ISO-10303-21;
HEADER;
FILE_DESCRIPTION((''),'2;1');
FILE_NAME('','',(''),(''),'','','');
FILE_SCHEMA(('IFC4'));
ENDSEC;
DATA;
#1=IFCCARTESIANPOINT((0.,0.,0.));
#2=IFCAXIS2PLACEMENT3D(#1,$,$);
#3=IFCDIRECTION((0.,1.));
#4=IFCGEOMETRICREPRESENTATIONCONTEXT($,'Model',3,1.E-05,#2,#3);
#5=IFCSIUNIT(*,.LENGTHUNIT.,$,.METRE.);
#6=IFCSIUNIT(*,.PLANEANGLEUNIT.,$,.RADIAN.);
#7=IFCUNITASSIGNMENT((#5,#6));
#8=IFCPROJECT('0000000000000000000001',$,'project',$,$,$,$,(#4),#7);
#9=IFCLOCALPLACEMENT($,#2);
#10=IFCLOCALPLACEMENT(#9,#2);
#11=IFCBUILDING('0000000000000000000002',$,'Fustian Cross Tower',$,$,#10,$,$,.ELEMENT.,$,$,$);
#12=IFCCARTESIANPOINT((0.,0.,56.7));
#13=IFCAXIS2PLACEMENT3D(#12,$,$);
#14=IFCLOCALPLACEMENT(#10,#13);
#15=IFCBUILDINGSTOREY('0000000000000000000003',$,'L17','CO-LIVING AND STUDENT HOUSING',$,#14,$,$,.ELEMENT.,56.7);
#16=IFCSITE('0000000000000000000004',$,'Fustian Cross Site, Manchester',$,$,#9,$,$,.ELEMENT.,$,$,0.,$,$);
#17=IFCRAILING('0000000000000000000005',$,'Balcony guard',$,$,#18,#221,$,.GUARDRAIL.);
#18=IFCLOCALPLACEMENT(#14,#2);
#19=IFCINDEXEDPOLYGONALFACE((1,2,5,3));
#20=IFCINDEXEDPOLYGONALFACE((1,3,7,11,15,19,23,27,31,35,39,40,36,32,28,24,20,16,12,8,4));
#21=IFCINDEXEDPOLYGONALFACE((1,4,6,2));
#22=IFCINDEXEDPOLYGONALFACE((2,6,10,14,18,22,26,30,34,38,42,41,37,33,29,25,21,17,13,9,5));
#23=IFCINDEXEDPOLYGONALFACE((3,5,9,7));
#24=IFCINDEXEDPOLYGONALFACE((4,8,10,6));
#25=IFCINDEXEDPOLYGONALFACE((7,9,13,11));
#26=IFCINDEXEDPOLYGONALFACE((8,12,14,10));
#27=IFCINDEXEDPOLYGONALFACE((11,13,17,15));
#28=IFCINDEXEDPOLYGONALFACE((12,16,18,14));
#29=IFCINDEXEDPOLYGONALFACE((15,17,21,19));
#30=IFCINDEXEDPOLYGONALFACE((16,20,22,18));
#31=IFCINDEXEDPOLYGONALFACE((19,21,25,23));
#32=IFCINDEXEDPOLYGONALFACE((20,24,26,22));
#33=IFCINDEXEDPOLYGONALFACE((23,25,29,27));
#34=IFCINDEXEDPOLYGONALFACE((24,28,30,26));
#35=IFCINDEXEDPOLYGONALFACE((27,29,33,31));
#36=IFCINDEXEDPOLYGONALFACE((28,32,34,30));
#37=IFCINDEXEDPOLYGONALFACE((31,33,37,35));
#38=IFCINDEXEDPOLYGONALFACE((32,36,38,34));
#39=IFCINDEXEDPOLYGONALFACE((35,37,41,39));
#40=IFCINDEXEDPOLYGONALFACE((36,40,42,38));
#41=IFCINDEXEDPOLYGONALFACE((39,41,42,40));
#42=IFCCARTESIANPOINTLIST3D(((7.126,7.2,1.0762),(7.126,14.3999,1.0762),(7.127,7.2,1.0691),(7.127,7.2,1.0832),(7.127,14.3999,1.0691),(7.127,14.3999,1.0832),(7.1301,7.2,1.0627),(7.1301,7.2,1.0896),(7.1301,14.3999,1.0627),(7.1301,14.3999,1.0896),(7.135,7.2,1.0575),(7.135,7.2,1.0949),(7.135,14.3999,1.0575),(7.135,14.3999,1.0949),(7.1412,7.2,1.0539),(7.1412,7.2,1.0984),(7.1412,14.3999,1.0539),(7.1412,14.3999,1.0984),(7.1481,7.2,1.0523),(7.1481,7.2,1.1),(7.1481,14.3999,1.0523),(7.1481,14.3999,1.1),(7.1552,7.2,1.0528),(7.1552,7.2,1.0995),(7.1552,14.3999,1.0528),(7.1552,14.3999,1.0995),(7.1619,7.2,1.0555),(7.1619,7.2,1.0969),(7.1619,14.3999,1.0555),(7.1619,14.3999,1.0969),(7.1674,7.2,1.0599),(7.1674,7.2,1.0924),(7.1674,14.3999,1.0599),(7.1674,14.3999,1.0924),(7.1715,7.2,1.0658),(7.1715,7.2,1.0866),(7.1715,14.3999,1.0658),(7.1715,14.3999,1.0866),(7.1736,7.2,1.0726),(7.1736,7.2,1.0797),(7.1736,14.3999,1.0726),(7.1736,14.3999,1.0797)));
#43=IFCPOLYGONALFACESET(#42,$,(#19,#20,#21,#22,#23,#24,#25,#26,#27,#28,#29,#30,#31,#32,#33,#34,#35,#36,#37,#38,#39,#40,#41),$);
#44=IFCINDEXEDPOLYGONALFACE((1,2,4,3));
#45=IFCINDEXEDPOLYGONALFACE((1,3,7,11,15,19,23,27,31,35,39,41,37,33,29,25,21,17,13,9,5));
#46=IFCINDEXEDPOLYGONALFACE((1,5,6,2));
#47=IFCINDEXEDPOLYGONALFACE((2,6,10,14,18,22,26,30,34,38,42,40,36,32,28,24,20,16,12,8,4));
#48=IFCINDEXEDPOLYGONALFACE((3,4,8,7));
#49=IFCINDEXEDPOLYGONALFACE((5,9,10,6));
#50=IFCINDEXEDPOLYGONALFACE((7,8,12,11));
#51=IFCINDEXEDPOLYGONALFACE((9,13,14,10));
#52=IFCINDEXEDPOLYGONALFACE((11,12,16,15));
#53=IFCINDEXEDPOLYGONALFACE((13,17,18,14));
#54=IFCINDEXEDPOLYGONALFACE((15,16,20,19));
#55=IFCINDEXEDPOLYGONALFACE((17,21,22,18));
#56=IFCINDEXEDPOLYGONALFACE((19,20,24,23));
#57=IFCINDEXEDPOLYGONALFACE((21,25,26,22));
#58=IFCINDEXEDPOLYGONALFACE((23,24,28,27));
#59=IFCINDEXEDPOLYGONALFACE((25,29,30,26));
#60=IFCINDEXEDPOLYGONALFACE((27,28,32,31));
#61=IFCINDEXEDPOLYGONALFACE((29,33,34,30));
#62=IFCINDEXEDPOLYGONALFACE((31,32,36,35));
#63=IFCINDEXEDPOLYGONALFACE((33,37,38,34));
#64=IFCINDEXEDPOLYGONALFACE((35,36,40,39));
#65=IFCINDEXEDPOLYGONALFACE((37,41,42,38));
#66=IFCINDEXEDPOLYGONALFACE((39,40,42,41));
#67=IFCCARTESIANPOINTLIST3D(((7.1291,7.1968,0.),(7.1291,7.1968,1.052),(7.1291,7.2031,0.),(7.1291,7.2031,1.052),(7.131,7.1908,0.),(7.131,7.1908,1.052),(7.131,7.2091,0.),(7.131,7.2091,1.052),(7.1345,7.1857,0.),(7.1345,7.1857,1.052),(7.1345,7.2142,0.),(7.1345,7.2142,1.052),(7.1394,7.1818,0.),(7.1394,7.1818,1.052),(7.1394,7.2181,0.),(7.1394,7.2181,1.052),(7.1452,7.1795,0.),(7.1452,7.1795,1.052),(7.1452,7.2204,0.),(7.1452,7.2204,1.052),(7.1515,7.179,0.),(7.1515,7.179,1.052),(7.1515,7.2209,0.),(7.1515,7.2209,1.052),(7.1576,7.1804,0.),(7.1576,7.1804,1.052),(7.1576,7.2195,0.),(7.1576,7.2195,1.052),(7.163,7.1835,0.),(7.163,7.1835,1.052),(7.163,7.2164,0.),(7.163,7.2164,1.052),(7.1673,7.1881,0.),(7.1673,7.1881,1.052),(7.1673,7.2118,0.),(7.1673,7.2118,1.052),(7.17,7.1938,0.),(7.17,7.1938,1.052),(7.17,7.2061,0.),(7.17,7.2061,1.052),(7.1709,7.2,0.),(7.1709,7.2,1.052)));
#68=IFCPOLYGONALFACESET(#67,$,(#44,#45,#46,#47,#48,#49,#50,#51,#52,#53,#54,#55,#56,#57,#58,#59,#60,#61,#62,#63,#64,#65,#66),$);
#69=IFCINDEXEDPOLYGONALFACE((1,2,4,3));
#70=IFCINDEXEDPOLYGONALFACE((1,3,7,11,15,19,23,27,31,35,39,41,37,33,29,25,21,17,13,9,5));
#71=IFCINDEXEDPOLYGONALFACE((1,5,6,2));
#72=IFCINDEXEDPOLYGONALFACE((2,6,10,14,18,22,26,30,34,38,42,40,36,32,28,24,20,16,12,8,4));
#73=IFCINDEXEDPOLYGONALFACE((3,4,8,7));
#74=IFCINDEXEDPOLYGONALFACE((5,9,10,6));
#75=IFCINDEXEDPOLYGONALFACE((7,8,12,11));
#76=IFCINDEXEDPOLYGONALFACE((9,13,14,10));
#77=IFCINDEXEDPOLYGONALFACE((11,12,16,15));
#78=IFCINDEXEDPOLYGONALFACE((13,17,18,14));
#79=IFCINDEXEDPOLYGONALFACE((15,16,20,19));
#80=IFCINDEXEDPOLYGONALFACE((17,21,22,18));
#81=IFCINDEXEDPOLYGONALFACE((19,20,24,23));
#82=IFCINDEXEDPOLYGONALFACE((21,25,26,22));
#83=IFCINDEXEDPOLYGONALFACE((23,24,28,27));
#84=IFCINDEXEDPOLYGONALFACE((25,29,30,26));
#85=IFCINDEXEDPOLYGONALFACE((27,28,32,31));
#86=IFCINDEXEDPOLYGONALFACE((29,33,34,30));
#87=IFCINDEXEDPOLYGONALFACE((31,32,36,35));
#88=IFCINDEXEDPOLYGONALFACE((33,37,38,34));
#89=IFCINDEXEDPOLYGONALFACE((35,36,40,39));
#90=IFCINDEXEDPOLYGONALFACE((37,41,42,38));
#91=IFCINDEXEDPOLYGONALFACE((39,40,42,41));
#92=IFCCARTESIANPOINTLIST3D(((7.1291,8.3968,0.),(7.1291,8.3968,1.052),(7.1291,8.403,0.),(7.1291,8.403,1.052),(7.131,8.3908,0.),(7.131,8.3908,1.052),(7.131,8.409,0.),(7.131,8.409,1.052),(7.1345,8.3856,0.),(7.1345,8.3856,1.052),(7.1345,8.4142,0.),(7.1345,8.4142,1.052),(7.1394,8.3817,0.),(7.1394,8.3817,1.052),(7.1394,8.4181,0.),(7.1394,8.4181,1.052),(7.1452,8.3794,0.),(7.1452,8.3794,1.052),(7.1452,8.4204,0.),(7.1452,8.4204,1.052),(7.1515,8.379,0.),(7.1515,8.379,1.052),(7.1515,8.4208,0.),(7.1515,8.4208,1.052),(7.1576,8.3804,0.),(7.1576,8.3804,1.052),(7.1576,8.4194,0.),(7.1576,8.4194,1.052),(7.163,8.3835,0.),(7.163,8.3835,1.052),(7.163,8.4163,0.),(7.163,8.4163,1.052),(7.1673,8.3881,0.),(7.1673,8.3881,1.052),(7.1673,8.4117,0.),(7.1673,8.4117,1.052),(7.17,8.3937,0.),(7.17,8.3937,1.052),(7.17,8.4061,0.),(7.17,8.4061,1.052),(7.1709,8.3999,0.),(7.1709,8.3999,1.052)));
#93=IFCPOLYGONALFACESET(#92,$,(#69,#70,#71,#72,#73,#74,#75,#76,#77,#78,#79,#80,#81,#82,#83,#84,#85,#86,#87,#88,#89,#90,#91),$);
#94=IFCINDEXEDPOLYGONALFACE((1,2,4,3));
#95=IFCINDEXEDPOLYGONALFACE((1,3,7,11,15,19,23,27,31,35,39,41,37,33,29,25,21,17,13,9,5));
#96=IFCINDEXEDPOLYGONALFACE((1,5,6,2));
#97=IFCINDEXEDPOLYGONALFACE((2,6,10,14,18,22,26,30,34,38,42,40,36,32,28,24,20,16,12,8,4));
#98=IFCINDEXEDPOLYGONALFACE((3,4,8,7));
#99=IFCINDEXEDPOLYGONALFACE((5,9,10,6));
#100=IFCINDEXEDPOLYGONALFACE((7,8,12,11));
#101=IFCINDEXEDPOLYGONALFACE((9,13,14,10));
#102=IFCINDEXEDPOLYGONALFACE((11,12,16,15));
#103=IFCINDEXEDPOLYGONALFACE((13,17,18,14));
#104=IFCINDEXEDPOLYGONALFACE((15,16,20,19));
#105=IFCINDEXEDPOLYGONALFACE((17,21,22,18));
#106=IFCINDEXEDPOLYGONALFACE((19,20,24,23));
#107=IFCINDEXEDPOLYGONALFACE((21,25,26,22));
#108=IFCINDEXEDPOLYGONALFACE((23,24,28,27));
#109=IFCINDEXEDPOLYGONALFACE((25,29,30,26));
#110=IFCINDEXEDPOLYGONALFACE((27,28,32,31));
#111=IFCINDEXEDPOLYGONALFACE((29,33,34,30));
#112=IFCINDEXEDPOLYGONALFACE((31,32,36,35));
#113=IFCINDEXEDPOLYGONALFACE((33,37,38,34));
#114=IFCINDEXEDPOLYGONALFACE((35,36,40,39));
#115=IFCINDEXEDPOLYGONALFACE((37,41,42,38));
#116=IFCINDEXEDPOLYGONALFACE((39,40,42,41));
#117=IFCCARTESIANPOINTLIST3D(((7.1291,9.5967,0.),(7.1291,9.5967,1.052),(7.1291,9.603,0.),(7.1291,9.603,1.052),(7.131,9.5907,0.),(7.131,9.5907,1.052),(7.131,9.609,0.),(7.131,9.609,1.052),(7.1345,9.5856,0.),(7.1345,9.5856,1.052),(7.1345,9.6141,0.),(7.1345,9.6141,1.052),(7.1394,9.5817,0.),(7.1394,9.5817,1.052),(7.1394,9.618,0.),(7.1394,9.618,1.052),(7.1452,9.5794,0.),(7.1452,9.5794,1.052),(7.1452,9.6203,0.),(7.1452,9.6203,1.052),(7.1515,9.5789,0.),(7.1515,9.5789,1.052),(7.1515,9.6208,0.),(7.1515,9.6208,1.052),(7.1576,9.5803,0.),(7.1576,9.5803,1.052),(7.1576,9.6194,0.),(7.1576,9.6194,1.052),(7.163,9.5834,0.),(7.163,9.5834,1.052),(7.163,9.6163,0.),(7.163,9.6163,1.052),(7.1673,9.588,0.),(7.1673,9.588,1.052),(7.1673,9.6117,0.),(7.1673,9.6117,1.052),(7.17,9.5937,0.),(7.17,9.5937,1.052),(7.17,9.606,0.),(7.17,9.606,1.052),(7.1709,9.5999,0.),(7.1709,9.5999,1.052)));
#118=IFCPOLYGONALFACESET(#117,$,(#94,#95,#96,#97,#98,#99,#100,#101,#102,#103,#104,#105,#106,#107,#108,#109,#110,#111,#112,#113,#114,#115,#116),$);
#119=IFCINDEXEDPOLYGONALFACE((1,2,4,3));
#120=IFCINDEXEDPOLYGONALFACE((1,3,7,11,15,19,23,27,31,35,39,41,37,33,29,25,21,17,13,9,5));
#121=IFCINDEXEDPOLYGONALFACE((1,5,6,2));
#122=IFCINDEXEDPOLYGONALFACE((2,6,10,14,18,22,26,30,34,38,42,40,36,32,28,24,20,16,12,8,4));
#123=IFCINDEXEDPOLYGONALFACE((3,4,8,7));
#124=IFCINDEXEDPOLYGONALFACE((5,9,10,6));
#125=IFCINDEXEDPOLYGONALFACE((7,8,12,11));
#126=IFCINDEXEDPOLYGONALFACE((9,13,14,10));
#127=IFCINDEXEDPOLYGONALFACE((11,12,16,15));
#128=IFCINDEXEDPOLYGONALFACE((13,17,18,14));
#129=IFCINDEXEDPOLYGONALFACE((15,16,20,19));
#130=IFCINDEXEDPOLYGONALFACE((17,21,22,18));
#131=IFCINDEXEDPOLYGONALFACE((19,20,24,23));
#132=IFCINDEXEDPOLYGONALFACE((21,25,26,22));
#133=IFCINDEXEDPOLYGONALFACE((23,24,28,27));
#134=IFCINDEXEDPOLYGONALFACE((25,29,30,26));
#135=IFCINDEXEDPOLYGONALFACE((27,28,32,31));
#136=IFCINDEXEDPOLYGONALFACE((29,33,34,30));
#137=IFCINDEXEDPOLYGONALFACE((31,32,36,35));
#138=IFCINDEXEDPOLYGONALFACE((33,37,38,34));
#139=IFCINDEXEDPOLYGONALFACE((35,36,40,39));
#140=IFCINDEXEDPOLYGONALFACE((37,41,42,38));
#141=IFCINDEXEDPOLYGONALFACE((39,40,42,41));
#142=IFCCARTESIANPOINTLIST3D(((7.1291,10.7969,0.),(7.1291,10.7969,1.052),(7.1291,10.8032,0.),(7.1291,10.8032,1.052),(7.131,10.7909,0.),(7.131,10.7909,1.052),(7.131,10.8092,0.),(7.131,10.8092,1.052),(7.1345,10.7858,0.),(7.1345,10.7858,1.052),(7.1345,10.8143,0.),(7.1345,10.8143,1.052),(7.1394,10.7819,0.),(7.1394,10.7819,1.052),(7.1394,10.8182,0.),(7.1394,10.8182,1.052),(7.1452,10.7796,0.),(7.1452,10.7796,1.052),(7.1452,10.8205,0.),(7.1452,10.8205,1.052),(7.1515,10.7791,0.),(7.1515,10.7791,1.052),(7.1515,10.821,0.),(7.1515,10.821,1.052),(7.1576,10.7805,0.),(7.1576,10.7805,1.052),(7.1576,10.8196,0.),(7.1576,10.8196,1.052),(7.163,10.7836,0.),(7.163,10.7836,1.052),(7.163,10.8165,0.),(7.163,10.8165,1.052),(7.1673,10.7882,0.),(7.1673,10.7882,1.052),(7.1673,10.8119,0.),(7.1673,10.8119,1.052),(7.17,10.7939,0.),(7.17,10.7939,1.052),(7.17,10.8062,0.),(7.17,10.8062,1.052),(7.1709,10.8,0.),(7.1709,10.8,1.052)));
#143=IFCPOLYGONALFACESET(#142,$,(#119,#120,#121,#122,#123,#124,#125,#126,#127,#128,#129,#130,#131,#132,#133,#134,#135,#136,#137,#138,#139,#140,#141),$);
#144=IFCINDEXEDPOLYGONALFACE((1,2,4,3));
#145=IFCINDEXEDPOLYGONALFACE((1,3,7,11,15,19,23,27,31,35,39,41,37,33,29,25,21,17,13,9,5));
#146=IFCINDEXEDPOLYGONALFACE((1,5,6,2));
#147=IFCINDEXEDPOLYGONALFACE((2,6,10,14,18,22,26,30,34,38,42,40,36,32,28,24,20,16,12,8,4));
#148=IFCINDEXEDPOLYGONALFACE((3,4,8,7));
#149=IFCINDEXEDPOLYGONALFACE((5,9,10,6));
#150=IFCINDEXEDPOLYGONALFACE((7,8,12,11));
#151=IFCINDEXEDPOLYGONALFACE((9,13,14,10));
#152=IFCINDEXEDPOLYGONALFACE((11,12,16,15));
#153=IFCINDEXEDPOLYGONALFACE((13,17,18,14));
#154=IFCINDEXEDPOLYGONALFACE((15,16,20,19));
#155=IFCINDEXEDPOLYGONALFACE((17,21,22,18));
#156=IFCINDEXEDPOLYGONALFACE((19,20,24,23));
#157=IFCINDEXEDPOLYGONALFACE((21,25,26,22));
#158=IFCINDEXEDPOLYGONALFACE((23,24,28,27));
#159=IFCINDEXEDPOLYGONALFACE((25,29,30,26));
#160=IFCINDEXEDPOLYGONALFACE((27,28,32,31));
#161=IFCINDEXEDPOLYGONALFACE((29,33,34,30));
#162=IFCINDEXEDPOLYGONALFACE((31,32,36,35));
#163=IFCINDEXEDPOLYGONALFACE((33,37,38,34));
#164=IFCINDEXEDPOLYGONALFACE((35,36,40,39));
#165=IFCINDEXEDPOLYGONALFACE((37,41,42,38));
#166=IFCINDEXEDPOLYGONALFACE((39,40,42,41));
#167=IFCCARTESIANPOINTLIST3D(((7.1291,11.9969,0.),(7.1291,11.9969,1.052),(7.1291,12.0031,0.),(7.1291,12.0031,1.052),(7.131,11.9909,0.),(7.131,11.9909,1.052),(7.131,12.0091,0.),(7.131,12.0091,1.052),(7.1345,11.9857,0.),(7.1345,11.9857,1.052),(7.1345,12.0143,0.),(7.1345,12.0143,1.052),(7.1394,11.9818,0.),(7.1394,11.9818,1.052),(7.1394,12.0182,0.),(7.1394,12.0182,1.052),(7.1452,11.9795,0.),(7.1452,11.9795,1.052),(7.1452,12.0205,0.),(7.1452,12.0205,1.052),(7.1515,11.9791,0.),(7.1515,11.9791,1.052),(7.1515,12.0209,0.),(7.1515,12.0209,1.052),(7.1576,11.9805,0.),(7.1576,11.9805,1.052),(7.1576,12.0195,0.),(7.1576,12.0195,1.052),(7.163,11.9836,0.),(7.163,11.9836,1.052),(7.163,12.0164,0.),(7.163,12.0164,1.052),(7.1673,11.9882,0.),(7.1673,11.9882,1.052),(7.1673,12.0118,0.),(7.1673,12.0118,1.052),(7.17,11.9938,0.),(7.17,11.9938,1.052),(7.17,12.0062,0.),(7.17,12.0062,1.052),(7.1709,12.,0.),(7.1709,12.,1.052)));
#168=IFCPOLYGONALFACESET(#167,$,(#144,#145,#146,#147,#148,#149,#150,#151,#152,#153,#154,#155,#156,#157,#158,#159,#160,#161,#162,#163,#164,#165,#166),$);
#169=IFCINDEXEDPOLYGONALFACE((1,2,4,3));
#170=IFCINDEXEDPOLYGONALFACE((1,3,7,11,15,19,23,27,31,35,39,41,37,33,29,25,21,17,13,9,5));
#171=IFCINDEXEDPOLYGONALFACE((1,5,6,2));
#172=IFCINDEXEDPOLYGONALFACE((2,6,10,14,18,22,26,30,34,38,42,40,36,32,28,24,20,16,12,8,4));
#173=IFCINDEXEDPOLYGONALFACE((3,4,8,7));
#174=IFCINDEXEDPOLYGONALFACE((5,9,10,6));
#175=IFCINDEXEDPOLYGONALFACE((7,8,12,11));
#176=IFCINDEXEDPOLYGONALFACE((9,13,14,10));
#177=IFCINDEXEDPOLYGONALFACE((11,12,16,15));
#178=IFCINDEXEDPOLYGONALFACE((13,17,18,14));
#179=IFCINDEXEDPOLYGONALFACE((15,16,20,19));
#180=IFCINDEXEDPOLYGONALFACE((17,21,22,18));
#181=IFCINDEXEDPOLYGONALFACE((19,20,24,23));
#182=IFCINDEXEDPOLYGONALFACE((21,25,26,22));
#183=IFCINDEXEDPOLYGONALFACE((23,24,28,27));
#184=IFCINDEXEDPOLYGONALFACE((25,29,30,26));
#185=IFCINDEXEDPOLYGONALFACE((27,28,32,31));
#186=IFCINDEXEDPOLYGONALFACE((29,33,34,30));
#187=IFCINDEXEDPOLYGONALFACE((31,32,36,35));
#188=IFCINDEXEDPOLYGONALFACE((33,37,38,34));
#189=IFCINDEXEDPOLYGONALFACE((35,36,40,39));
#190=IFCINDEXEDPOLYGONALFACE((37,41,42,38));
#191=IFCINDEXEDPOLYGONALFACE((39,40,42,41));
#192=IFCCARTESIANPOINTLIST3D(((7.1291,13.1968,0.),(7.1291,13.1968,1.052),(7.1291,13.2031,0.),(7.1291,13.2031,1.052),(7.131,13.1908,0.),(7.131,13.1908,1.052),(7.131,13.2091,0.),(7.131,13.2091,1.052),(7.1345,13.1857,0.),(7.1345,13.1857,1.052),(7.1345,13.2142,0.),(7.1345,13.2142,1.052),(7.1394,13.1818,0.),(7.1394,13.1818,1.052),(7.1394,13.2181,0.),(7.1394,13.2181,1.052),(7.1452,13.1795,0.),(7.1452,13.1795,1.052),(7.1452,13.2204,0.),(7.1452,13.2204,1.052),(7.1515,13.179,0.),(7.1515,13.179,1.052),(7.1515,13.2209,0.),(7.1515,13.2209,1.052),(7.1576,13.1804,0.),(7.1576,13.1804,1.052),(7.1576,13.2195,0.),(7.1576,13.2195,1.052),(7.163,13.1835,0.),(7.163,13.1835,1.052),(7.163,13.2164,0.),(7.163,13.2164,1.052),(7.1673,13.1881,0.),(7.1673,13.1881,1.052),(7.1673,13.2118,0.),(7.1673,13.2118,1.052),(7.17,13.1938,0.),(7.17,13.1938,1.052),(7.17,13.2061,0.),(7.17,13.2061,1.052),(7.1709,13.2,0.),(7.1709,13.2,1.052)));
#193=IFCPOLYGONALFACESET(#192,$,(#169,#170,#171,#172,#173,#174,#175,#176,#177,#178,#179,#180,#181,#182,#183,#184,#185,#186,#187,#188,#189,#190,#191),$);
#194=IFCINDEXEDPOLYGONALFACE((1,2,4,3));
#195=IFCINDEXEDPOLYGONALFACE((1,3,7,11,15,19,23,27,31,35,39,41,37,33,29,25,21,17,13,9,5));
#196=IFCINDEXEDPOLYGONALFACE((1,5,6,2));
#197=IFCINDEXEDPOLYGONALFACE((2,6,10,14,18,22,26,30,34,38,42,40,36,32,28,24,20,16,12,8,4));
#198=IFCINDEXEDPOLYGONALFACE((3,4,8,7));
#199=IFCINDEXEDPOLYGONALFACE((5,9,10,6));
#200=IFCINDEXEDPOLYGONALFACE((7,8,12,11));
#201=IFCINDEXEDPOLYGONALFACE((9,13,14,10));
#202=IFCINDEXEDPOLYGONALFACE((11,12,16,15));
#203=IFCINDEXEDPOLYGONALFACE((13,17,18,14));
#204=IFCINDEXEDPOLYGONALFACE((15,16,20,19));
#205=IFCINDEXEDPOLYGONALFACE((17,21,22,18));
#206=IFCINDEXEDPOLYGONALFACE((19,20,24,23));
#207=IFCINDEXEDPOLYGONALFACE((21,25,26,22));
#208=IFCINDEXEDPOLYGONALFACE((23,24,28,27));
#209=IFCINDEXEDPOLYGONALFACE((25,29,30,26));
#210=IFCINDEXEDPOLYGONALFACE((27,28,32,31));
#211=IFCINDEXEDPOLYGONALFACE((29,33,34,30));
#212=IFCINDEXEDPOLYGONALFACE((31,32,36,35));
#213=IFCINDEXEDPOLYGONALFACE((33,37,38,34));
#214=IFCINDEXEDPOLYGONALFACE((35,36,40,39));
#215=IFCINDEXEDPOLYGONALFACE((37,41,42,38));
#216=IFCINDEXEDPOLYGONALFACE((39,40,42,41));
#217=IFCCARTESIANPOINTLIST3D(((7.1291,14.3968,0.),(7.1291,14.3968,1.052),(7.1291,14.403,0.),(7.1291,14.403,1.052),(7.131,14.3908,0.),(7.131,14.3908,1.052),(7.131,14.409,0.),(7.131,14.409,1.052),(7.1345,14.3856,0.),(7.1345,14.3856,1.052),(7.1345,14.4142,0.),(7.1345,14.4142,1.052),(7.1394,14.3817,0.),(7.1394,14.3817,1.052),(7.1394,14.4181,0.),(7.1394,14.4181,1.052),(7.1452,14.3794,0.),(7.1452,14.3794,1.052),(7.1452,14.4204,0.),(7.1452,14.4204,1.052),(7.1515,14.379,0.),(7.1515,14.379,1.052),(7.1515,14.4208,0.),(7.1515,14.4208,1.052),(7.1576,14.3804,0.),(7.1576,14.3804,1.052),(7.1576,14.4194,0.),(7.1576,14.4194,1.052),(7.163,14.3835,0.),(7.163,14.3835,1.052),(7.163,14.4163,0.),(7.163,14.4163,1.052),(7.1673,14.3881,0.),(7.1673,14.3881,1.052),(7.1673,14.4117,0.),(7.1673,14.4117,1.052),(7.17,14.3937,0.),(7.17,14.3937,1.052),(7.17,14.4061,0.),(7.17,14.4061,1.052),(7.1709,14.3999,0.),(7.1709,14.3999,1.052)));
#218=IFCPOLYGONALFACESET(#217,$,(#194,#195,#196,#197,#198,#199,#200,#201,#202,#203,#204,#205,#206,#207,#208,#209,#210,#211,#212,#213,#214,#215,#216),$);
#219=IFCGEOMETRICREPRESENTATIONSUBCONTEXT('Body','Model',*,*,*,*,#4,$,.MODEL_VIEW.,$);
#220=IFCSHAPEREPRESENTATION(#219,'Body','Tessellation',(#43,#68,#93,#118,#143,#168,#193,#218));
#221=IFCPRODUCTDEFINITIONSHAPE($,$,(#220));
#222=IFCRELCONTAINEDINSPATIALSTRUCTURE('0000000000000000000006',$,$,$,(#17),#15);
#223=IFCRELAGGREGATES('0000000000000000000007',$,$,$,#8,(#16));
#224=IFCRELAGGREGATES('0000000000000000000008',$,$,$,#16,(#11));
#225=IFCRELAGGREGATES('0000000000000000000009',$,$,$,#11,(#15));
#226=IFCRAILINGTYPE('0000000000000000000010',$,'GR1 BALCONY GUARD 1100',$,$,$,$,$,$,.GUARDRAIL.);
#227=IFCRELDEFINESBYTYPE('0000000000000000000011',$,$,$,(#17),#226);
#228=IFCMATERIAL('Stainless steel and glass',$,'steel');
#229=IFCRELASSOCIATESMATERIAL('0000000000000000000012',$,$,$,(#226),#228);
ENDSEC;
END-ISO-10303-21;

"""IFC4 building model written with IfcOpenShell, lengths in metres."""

from ifc_helpers import new_model, si_unit, direction, frame, origin, origin_2d, place, context, subcontext, project, spatial, circle, extrude, material, type_object, element, save


model = new_model("IFC4")

# Units and contexts
model_context = context("Model", 3, precision=1e-05, world=origin(), true_north=direction((0.0, 1.0)))
body_context = subcontext(model_context, "Body", "Model", "MODEL_VIEW")
ifc_project = project(units=[si_unit("LENGTHUNIT", "METRE"), si_unit("PLANEANGLEUNIT", "RADIAN")], contexts=[model_context])

# Site, building, storey
site_placement = place(None, origin())
site = spatial("IfcSite", under=ifc_project, at=site_placement, Name="Fustian Cross Site, Manchester", CompositionType="ELEMENT", RefElevation=0.0)
building_placement = place(site_placement, origin())
building = spatial("IfcBuilding", under=site, at=building_placement, Name="Fustian Cross Tower", CompositionType="ELEMENT")
storey_placement = place(building_placement, frame((0.0, 0.0, 56.7)))
storey = spatial("IfcBuildingStorey", under=building, at=storey_placement, Name="L17", Description="CO-LIVING AND STUDENT HOUSING", CompositionType="ELEMENT", Elevation=56.7)

# Railing
ifc_material_1 = material(Name="Stainless steel and glass", Category="steel")
railing_type = type_object("IfcRailingType", Name="GR1 BALCONY GUARD 1100", PredefinedType="GUARDRAIL", material=ifc_material_1)
railing_placement = place(storey_placement, frame((7.1499, 7.2, 0.0)))
element("IfcRailing", 1, at=railing_placement, inside=storey, type_object=railing_type, Name="Balcony guard", PredefinedType="GUARDRAIL", context=body_context, shape_type="SweptSolid", body=[
    extrude(circle(Radius=0.0239, at=origin_2d()), frame((0.0, 0.0, 1.0762), z_axis=(0.0, 1.0, 0.0), x_axis=(-1.0, 0.0, 0.0)), (0.0, 0.0, 1.0), 7.2),
    extrude(circle(Radius=0.021, at=origin_2d()), origin(), (0.0, 0.0, 1.0), 1.052),
    extrude(circle(Radius=0.021, at=origin_2d()), frame((0.0, 1.2, 0.0)), (0.0, 0.0, 1.0), 1.052),
    extrude(circle(Radius=0.021, at=origin_2d()), frame((0.0, 2.3999, 0.0)), (0.0, 0.0, 1.0), 1.052),
    extrude(circle(Radius=0.021, at=origin_2d()), frame((0.0, 3.6001, 0.0)), (0.0, 0.0, 1.0), 1.052),
    extrude(circle(Radius=0.021, at=origin_2d()), frame((0.0, 4.8, 0.0)), (0.0, 0.0, 1.0), 1.052),
    extrude(circle(Radius=0.021, at=origin_2d()), frame((0.0, 6.0, 0.0)), (0.0, 0.0, 1.0), 1.052),
    extrude(circle(Radius=0.021, at=origin_2d()), frame((0.0, 7.2, 0.0)), (0.0, 0.0, 1.0), 1.052),
])

save(model, "model.ifc")
